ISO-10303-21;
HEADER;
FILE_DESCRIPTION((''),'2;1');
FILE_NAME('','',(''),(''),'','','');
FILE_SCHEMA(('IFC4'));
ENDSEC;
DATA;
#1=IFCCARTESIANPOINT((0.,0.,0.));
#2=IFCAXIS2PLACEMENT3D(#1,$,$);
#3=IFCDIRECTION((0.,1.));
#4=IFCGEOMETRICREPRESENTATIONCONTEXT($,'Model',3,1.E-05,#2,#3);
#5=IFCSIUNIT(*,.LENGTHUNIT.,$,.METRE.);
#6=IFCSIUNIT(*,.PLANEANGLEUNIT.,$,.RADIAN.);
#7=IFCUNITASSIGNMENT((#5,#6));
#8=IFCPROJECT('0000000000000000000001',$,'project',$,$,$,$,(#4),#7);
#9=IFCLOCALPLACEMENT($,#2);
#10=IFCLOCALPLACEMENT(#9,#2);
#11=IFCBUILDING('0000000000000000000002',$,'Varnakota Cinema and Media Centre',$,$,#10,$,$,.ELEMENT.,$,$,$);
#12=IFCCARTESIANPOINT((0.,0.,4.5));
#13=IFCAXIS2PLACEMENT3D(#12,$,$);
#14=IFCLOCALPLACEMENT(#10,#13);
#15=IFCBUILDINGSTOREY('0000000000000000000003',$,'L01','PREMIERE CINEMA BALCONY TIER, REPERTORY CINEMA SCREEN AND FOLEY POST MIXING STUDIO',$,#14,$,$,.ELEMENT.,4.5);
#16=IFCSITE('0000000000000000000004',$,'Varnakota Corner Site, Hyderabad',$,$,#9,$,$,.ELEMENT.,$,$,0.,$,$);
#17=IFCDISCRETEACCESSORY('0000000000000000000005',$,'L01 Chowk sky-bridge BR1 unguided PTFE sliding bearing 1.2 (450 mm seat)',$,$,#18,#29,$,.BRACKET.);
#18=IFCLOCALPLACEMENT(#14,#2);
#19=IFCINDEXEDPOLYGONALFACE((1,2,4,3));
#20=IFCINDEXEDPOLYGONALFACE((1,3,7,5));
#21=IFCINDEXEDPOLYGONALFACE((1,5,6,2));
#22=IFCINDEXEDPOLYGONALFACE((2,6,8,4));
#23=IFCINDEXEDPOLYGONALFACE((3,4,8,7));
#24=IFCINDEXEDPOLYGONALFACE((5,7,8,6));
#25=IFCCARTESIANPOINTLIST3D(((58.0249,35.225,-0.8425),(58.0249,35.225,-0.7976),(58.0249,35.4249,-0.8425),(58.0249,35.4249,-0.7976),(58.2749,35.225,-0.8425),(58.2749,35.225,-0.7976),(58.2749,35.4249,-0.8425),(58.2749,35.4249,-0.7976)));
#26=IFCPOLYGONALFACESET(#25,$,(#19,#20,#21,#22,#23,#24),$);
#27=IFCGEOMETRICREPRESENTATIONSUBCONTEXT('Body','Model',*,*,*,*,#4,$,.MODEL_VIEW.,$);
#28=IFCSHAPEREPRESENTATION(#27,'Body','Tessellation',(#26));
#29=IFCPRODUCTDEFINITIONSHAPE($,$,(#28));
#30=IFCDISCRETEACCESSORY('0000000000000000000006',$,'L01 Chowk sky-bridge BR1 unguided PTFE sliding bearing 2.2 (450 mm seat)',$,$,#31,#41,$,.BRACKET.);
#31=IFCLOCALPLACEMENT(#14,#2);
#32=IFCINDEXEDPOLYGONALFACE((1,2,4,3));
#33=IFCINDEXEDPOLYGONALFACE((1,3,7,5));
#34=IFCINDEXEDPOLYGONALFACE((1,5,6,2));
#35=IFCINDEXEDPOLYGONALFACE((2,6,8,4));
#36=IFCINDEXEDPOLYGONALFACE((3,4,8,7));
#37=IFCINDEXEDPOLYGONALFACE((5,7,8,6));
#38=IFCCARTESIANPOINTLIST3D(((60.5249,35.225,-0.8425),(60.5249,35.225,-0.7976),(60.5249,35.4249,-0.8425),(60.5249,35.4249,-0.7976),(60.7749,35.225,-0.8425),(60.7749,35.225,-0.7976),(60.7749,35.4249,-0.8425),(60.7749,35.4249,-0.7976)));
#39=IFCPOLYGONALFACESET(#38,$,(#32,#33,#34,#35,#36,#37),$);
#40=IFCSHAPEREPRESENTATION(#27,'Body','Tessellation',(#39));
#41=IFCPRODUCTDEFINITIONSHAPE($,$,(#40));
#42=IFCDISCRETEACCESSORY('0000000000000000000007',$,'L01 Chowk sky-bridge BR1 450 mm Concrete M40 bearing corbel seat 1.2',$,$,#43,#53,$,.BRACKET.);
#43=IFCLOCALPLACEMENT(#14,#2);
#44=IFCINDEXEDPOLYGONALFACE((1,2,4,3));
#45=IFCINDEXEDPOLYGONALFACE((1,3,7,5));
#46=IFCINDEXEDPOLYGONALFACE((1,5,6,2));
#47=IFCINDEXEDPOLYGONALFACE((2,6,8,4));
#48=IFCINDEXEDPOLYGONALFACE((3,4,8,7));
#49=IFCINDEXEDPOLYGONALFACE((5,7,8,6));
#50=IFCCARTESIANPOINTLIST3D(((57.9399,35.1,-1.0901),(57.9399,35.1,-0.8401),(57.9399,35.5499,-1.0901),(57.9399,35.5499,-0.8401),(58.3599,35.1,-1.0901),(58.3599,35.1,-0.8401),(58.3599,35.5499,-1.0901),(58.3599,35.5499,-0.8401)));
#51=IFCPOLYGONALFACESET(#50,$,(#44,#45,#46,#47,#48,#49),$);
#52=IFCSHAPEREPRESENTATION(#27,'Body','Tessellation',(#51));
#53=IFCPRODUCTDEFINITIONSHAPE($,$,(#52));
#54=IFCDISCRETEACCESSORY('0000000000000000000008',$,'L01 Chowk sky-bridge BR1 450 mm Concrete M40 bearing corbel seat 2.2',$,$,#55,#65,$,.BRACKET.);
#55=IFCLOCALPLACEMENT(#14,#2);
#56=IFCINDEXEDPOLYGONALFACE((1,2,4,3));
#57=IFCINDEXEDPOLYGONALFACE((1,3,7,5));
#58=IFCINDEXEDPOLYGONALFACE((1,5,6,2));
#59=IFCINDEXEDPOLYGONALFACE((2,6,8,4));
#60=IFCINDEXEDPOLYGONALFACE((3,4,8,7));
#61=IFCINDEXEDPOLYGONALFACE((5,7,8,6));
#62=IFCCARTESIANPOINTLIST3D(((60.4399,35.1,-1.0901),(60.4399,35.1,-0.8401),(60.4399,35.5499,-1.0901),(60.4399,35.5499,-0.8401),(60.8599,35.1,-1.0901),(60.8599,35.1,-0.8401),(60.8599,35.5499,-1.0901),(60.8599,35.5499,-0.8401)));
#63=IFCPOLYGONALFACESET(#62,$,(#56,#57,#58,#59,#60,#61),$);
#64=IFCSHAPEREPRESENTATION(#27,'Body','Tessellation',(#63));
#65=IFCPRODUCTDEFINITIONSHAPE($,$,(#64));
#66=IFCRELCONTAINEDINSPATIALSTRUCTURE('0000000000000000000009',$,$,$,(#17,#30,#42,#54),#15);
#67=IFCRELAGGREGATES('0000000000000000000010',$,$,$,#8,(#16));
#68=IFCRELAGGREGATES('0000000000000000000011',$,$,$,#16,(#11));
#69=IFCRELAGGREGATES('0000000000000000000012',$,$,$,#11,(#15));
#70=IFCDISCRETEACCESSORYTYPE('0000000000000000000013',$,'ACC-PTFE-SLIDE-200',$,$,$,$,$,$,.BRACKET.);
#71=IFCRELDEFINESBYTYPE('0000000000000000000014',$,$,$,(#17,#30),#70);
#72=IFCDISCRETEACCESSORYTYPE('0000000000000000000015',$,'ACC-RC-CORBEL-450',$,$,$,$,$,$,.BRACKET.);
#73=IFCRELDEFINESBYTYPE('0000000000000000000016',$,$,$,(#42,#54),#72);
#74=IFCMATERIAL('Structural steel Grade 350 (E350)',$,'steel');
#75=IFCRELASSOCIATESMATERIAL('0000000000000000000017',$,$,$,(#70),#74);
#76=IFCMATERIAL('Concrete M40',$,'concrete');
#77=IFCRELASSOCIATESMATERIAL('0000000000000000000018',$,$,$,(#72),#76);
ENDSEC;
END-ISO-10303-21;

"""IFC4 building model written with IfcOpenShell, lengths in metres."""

from ifc_helpers import new_model, si_unit, direction, frame, origin, origin_2d, place, context, subcontext, project, spatial, rectangle, extrude, material, type_object, element, save


model = new_model("IFC4")

# Units and contexts
model_context = context("Model", 3, precision=1e-05, world=origin(), true_north=direction((0.0, 1.0)))
body_context = subcontext(model_context, "Body", "Model", "MODEL_VIEW")
ifc_project = project(units=[si_unit("LENGTHUNIT", "METRE"), si_unit("PLANEANGLEUNIT", "RADIAN")], contexts=[model_context])

# Site, building, storey
site_placement = place(None, origin())
site = spatial("IfcSite", under=ifc_project, at=site_placement, Name="Varnakota Corner Site, Hyderabad", CompositionType="ELEMENT", RefElevation=0.0)
building_placement = place(site_placement, origin())
building = spatial("IfcBuilding", under=site, at=building_placement, Name="Varnakota Cinema and Media Centre", CompositionType="ELEMENT")
storey_placement = place(building_placement, frame((0.0, 0.0, 4.5)))
storey = spatial("IfcBuildingStorey", under=building, at=storey_placement, Name="L01", Description="PREMIERE CINEMA BALCONY TIER, REPERTORY CINEMA SCREEN AND FOLEY POST MIXING STUDIO", CompositionType="ELEMENT", Elevation=4.5)

# Discrete accessories
ifc_material_1 = material(Name="Structural steel Grade 350 (E350)", Category="steel")
discrete_accessory_type_1 = type_object("IfcDiscreteAccessoryType", Name="ACC-PTFE-SLIDE-200", PredefinedType="BRACKET", material=ifc_material_1)
for number, where, z_axis, x_axis, name in (
    (1, (58.1499, 35.325, -0.8425), (0.0, 0.0, 1.0), (1.0, 0.0, 0.0), "L01 Chowk sky-bridge BR1 unguided PTFE sliding bearing 1.2 (450 mm seat)"),
    (2, (60.6499, 35.325, -0.8425), (0.0, 0.0, 1.0), (1.0, 0.0, 0.0), "L01 Chowk sky-bridge BR1 unguided PTFE sliding bearing 2.2 (450 mm seat)"),
):
    element("IfcDiscreteAccessory", number, at=place(storey_placement, frame(where, z_axis=z_axis, x_axis=x_axis)), inside=storey, type_object=discrete_accessory_type_1, Name=name, PredefinedType="BRACKET", context=body_context, shape_type="SweptSolid", body=[
        extrude(rectangle(XDim=0.25, YDim=0.2, at=origin_2d()), origin(), (0.0, 0.0, 1.0), 0.0449),
    ])
ifc_material_2 = material(Name="Concrete M40", Category="concrete")
discrete_accessory_type_2 = type_object("IfcDiscreteAccessoryType", Name="ACC-RC-CORBEL-450", PredefinedType="BRACKET", material=ifc_material_2)
for number, where, z_axis, x_axis, name in (
    (3, (58.1499, 35.325, -1.0901), (0.0, 0.0, 1.0), (1.0, 0.0, 0.0), "L01 Chowk sky-bridge BR1 450 mm Concrete M40 bearing corbel seat 1.2"),
    (4, (60.6499, 35.325, -1.0901), (0.0, 0.0, 1.0), (1.0, 0.0, 0.0), "L01 Chowk sky-bridge BR1 450 mm Concrete M40 bearing corbel seat 2.2"),
):
    element("IfcDiscreteAccessory", number, at=place(storey_placement, frame(where, z_axis=z_axis, x_axis=x_axis)), inside=storey, type_object=discrete_accessory_type_2, Name=name, PredefinedType="BRACKET", context=body_context, shape_type="SweptSolid", body=[
        extrude(rectangle(XDim=0.4199, YDim=0.45, at=origin_2d()), origin(), (0.0, 0.0, 1.0), 0.25),
    ])

save(model, "model.ifc")
